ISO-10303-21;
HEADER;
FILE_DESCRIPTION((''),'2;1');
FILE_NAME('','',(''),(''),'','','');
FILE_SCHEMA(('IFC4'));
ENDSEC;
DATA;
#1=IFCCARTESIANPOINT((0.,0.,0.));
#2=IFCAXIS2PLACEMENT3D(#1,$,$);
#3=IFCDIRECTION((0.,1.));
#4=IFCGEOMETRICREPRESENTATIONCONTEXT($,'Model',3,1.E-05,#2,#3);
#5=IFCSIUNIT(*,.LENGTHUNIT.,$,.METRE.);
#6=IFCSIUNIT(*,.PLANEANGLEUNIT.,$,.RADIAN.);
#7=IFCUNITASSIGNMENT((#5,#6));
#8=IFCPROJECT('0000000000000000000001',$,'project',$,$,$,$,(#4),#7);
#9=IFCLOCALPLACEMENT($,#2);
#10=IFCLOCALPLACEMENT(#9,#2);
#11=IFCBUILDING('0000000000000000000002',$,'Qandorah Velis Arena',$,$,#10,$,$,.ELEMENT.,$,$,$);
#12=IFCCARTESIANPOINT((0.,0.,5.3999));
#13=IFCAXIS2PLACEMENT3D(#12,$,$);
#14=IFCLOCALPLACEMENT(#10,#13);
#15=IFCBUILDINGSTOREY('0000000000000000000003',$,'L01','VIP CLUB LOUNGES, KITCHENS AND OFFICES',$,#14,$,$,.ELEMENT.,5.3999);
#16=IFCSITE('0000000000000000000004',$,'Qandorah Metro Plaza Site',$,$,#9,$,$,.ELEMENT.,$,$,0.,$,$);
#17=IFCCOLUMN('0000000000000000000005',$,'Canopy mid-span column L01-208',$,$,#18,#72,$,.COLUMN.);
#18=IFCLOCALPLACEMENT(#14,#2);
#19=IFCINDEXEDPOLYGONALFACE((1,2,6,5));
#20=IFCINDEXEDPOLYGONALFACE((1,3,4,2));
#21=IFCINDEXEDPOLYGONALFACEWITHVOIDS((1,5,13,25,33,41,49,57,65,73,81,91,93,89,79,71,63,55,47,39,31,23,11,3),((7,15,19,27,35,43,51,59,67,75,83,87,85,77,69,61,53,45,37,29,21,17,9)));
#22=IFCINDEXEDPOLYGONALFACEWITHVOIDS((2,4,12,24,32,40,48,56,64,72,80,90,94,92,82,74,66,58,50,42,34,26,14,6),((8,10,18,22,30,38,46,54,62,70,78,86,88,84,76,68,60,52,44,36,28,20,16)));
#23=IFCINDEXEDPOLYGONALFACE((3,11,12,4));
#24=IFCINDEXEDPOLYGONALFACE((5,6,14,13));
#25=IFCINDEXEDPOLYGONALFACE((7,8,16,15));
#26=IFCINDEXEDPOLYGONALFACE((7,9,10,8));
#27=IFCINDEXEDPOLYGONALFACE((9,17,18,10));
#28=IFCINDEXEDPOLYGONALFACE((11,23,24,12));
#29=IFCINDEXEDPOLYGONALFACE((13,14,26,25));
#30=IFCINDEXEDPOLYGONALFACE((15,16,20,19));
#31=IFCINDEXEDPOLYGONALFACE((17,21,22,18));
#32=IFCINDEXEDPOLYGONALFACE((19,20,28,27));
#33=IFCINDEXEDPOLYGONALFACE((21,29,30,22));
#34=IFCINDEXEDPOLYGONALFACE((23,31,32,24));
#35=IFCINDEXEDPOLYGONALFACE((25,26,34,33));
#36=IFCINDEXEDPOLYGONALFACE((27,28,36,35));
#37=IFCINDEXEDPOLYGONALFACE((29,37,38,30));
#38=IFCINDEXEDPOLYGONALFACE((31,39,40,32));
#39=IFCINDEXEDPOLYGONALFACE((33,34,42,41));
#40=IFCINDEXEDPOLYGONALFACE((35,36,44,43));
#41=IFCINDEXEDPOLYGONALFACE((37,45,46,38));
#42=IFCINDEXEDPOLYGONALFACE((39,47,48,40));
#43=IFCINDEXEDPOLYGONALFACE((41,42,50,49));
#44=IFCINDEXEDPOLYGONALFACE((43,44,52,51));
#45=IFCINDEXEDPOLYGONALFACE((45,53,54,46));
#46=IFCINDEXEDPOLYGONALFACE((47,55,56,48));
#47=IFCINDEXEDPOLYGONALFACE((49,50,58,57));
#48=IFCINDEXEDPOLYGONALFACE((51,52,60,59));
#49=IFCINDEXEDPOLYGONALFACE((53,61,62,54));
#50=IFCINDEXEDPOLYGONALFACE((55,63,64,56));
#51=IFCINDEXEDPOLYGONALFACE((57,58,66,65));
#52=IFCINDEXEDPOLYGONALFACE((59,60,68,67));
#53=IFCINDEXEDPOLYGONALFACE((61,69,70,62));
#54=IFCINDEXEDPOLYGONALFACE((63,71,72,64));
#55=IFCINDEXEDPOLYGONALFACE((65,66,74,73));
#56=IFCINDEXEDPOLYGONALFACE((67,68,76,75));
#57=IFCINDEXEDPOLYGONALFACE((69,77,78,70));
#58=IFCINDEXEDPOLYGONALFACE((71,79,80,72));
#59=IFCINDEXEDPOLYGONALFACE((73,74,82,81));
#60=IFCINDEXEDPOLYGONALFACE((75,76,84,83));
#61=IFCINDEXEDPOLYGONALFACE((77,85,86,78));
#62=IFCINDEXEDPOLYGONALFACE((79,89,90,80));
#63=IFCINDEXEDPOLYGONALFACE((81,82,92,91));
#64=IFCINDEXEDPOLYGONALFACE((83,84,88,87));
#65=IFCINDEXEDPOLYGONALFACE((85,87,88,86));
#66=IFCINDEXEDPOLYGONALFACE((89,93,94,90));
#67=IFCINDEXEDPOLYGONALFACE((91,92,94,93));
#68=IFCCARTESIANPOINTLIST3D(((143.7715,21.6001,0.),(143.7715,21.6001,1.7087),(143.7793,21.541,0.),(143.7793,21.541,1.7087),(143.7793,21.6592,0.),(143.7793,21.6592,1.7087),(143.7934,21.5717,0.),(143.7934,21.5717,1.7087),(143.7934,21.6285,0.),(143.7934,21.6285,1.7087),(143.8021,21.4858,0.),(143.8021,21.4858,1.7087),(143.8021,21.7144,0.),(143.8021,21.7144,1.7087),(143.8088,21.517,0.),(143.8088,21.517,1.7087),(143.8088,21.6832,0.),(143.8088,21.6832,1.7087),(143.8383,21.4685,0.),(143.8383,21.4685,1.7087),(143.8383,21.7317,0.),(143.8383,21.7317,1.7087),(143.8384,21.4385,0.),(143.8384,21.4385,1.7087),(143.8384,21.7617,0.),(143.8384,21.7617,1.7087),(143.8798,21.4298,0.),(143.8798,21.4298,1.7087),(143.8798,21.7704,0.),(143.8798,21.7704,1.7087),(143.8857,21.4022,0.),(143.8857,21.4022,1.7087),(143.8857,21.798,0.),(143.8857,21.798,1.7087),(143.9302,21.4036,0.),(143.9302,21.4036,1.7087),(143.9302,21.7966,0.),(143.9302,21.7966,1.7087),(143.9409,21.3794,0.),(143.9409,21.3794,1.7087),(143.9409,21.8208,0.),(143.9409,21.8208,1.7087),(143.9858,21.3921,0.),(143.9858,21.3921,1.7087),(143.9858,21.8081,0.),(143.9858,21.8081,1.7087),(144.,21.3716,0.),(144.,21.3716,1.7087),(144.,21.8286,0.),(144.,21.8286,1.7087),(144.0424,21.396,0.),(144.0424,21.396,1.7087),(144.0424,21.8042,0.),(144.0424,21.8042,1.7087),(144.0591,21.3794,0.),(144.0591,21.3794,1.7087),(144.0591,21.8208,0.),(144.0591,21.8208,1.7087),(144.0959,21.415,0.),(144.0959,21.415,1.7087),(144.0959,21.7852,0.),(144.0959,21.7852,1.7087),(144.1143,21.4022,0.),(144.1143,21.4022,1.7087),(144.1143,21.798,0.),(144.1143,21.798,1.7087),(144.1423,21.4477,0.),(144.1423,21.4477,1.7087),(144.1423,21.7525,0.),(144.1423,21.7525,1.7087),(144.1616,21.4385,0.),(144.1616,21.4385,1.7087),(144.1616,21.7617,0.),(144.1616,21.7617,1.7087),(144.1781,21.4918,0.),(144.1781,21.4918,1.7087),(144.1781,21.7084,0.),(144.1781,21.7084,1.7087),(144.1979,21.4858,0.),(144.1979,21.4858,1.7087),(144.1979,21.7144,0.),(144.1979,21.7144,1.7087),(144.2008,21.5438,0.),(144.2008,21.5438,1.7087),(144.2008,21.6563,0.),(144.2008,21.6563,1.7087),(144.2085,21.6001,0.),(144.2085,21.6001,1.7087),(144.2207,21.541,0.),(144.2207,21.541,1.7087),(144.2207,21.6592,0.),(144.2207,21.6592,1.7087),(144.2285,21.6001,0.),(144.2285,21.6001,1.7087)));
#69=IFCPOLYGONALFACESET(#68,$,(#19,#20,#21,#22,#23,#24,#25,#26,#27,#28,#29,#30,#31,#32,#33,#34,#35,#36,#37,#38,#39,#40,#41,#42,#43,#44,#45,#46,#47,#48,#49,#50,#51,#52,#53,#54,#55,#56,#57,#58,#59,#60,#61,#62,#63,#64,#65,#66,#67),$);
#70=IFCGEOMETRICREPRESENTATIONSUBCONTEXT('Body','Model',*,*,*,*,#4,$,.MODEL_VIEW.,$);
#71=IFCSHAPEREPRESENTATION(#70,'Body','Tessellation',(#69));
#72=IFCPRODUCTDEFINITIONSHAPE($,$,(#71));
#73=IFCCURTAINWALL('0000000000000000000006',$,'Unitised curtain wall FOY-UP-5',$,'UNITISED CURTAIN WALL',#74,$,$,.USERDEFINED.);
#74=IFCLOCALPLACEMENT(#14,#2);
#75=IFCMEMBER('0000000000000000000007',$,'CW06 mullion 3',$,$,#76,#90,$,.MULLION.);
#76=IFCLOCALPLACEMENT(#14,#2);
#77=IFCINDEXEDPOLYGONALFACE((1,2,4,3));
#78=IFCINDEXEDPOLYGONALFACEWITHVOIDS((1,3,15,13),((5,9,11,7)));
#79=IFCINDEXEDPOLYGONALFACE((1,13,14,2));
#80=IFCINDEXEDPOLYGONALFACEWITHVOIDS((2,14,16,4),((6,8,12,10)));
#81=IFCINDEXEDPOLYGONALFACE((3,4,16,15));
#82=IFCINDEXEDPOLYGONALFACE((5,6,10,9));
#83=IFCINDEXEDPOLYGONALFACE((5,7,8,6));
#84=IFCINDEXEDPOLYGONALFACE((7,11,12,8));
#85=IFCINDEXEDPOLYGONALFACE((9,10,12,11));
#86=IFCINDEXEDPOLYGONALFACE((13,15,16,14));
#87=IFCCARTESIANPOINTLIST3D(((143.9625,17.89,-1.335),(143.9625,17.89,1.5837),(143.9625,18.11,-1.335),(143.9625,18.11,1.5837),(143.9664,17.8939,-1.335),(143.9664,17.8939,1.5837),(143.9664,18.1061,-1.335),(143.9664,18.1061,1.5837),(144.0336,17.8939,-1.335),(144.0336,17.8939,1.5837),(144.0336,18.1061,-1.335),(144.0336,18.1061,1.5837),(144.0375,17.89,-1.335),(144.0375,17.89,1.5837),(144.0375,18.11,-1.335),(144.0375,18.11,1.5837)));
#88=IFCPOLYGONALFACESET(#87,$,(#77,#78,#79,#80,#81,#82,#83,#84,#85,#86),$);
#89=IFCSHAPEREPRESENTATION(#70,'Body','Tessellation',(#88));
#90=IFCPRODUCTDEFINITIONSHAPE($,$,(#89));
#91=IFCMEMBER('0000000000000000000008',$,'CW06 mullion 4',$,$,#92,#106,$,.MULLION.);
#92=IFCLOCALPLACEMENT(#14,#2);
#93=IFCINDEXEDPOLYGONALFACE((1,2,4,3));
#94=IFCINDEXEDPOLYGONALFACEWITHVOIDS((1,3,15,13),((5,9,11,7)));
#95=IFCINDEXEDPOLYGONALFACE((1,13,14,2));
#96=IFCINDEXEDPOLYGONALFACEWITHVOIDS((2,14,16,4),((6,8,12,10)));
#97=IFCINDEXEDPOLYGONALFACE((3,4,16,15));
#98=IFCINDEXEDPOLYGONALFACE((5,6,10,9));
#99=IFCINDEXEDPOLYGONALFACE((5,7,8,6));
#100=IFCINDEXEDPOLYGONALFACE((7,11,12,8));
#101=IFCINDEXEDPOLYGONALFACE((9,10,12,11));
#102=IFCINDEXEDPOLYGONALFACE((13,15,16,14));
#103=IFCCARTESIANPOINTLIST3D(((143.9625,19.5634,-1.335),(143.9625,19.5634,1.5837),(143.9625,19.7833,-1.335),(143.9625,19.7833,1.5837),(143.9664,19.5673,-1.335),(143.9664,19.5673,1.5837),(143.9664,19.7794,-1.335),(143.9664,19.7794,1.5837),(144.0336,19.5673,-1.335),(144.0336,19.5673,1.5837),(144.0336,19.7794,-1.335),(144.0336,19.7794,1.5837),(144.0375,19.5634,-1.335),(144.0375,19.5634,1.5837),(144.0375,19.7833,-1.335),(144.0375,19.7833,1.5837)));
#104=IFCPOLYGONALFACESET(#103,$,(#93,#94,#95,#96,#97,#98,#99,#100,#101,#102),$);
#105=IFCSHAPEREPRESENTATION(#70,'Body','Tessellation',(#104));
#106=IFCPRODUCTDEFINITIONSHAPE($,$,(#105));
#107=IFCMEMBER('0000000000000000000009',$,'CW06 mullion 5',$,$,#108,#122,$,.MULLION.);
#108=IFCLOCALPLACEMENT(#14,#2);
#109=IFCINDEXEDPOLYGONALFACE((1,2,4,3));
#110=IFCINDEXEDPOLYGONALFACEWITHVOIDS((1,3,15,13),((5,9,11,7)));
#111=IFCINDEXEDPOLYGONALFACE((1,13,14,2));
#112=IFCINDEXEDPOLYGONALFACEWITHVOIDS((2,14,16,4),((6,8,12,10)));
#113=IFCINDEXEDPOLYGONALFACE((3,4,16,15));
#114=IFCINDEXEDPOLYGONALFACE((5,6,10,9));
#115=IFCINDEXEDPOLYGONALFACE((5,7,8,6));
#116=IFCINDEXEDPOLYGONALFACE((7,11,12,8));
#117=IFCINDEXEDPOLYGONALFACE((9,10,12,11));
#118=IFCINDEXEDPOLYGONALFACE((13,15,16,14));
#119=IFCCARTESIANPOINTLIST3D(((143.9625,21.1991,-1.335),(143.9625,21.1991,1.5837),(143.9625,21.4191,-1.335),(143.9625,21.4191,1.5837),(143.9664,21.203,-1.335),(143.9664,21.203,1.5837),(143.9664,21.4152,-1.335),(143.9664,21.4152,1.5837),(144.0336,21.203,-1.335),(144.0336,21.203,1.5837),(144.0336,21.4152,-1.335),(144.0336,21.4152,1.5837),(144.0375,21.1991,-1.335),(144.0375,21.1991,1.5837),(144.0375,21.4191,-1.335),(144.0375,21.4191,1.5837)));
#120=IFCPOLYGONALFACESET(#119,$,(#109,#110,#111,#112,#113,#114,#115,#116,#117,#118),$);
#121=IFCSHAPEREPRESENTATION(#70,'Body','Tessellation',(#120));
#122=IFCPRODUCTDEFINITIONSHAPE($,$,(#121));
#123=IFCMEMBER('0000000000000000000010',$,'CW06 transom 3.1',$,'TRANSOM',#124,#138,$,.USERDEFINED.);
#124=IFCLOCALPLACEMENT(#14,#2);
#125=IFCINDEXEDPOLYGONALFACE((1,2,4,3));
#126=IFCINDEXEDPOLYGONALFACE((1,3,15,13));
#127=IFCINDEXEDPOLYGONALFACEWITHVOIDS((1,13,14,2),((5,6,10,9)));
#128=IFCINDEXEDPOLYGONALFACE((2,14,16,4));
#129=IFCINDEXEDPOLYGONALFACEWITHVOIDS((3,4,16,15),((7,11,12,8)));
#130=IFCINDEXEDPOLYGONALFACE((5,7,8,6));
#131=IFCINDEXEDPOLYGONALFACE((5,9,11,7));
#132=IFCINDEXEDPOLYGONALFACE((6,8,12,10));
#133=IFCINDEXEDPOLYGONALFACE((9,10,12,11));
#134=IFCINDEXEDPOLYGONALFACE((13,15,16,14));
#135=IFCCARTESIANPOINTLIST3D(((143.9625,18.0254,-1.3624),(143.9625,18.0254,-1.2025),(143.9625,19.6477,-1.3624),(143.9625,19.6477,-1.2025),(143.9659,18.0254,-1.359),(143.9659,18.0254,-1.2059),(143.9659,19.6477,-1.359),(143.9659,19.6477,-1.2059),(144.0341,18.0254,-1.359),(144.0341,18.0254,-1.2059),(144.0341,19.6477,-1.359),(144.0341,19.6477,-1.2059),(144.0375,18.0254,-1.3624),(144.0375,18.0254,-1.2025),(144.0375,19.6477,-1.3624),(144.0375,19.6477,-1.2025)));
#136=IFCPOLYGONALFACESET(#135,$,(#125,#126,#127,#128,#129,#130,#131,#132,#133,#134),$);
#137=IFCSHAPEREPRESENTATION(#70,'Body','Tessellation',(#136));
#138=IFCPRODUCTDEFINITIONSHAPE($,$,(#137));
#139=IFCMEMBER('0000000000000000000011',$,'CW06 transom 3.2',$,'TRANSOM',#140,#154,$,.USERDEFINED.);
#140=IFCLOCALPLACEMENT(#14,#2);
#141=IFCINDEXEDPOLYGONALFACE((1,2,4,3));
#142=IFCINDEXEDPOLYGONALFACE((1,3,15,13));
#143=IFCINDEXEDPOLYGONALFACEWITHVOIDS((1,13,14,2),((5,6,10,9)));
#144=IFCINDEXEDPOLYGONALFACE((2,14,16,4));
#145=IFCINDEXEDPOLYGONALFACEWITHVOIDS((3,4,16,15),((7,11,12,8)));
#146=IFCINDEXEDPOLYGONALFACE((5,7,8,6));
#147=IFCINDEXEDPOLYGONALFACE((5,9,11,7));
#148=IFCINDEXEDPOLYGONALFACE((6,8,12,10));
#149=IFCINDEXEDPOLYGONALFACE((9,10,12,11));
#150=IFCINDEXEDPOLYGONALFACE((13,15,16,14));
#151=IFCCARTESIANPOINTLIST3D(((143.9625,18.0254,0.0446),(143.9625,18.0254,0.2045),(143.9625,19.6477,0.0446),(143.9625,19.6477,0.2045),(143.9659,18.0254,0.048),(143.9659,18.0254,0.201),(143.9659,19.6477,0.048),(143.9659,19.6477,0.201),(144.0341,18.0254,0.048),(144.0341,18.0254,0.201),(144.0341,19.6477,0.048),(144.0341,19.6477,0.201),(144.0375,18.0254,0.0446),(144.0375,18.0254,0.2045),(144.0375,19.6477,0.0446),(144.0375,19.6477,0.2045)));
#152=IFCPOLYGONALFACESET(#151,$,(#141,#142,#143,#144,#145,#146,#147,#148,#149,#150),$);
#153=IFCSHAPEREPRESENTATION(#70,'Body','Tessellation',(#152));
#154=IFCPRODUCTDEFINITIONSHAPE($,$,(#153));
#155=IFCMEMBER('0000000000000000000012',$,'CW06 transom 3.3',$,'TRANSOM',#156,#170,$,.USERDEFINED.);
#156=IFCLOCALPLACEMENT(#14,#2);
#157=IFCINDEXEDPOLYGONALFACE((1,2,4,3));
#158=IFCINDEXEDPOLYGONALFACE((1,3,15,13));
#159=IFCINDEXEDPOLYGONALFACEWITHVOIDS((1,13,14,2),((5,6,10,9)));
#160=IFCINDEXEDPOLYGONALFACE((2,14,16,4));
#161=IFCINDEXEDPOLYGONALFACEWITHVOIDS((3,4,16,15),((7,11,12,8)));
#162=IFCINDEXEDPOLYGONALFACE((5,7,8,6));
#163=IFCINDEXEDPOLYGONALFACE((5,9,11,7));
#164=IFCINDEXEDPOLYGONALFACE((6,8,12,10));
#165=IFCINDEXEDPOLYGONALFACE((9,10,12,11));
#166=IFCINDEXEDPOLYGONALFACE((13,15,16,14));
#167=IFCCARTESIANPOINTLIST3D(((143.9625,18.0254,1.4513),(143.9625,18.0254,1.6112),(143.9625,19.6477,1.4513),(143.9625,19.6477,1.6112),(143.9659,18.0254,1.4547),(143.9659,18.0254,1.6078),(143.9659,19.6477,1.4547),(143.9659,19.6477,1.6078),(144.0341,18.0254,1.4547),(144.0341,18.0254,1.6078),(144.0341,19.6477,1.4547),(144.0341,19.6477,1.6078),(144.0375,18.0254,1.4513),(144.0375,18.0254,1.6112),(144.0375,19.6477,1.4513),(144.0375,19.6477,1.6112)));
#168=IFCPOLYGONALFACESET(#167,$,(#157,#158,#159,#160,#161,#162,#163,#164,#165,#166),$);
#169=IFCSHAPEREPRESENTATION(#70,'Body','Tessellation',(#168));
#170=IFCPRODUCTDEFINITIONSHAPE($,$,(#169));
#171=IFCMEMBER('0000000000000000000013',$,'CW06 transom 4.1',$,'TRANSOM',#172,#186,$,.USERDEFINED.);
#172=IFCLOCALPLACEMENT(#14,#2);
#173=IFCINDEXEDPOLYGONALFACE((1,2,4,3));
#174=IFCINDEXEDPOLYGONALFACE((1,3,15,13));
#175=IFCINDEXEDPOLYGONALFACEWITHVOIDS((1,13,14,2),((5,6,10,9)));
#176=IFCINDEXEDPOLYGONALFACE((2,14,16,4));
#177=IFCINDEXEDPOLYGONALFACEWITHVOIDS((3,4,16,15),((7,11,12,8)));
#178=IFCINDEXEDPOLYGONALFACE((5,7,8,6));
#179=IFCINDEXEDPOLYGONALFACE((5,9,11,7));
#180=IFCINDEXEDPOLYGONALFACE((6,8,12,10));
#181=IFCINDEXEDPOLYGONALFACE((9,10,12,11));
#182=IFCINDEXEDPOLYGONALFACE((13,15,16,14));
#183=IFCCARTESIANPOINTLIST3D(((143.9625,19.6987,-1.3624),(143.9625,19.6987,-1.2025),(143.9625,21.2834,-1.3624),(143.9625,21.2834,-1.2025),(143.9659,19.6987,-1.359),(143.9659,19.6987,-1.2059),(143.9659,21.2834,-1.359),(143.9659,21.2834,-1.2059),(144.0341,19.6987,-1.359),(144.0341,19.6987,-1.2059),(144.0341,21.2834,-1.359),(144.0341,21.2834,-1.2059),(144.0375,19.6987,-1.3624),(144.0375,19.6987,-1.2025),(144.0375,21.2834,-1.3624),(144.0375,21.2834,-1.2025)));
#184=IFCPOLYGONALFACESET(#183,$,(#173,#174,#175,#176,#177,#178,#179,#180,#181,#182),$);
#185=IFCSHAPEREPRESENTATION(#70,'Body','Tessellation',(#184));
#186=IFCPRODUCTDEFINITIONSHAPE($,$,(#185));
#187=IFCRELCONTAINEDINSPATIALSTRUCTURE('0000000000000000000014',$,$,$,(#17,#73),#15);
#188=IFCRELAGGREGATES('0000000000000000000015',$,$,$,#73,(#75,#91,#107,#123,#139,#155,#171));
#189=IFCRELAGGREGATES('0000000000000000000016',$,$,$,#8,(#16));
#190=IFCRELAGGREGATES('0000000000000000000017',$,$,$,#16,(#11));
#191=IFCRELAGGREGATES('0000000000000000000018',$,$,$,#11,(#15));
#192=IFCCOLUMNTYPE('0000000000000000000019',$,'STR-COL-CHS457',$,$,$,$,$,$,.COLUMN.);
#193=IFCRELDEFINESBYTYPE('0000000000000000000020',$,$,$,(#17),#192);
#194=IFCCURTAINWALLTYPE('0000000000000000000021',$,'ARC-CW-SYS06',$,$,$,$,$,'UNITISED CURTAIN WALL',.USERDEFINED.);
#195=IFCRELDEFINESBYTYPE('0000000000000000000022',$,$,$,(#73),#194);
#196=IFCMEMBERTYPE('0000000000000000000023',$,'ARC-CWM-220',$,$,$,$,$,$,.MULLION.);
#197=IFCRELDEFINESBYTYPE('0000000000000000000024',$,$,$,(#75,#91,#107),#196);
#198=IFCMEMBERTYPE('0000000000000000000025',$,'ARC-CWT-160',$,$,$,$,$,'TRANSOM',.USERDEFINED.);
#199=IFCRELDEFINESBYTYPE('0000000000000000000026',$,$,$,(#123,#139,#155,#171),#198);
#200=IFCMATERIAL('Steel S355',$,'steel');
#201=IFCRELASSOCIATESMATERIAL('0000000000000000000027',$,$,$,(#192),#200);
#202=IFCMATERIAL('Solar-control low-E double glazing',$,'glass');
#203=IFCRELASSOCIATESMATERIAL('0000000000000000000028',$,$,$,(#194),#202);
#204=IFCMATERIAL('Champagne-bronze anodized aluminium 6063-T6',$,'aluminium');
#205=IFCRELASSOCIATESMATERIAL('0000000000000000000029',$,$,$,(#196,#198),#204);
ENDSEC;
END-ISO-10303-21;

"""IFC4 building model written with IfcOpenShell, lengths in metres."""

from ifc_helpers import new_model, si_unit, direction, frame, origin, origin_2d, place, context, subcontext, project, spatial, hollow_rectangle, hollow_circle, extrude, material, material_profile, profile_set, type_object, element, aggregate, save


model = new_model("IFC4")

# Units and contexts
model_context = context("Model", 3, precision=1e-05, world=origin(), true_north=direction((0.0, 1.0)))
body_context = subcontext(model_context, "Body", "Model", "MODEL_VIEW")
ifc_project = project(units=[si_unit("LENGTHUNIT", "METRE"), si_unit("PLANEANGLEUNIT", "RADIAN")], contexts=[model_context])

# Site, building, storey
site_placement = place(None, origin())
site = spatial("IfcSite", under=ifc_project, at=site_placement, Name="Qandorah Metro Plaza Site", CompositionType="ELEMENT", RefElevation=0.0)
building_placement = place(site_placement, origin())
building = spatial("IfcBuilding", under=site, at=building_placement, Name="Qandorah Velis Arena", CompositionType="ELEMENT")
storey_placement = place(building_placement, frame((0.0, 0.0, 5.3999)))
storey = spatial("IfcBuildingStorey", under=building, at=storey_placement, Name="L01", Description="VIP CLUB LOUNGES, KITCHENS AND OFFICES", CompositionType="ELEMENT", Elevation=5.3999)

# Column
ifc_material_1 = material(Name="Steel S355", Category="steel")
ifc_material_profile_1 = material_profile(ifc_material_1, hollow_circle(Radius=0.2285, WallThickness=0.02, at=origin_2d()), Name="CHS 457x20")
ifc_profile_set_1 = profile_set([ifc_material_profile_1], Name="Steel S355")
column_type = type_object("IfcColumnType", Name="STR-COL-CHS457", PredefinedType="COLUMN", material=ifc_profile_set_1)
column_placement = place(storey_placement, frame((144.0, 21.6001, 0.0), z_axis=(0.0, 0.0, 1.0), x_axis=(1.0, 0.0, 0.0)))
element("IfcColumn", 1, at=column_placement, inside=storey, type_object=column_type, Name="Canopy mid-span column L01-208", PredefinedType="COLUMN", context=body_context, shape_type="SweptSolid", body=[
    extrude(hollow_circle(Radius=0.2285, WallThickness=0.02, at=origin_2d()), origin(), (0.0, 0.0, 1.0), 1.7087),
])

# Curtain wall, members
ifc_material_2 = material(Name="Solar-control low-E double glazing", Category="glass")
curtain_wall_type = type_object("IfcCurtainWallType", Name="ARC-CW-SYS06", ElementType="UNITISED CURTAIN WALL", PredefinedType="USERDEFINED", material=ifc_material_2)
curtain_wall_placement = place(storey_placement, origin())
curtain_wall = element("IfcCurtainWall", 2, at=curtain_wall_placement, inside=storey, type_object=curtain_wall_type, Name="Unitised curtain wall FOY-UP-5", ObjectType="UNITISED CURTAIN WALL", PredefinedType="USERDEFINED")
ifc_material_3 = material(Name="Champagne-bronze anodized aluminium 6063-T6", Category="aluminium")
ifc_material_profile_2 = material_profile(ifc_material_3, hollow_rectangle(XDim=0.075, YDim=0.22, WallThickness=0.0039, at=origin_2d()), Name="ALU MULLION 75x220")
ifc_profile_set_2 = profile_set([ifc_material_profile_2], Name="Champagne-bronze anodized aluminium 6063-T6")
member_type_1 = type_object("IfcMemberType", Name="ARC-CWM-220", PredefinedType="MULLION", material=ifc_profile_set_2)
member_1_placement = place(storey_placement, frame((144.0, 18.0, -1.335), z_axis=(0.0, 0.0, 1.0), x_axis=(-1.0, 0.0, 0.0)))
member_1 = element("IfcMember", 3, at=member_1_placement, type_object=member_type_1, Name="CW06 mullion 3", PredefinedType="MULLION", context=body_context, shape_type="SweptSolid", body=[
    extrude(hollow_rectangle(XDim=0.075, YDim=0.22, WallThickness=0.0039, at=origin_2d()), origin(), (0.0, 0.0, 1.0), 2.9187),
])
member_2_placement = place(storey_placement, frame((144.0, 19.6733, -1.335), z_axis=(0.0, 0.0, 1.0), x_axis=(-1.0, 0.0, 0.0)))
member_2 = element("IfcMember", 4, at=member_2_placement, type_object=member_type_1, Name="CW06 mullion 4", PredefinedType="MULLION", context=body_context, shape_type="SweptSolid", body=[
    extrude(hollow_rectangle(XDim=0.075, YDim=0.22, WallThickness=0.0039, at=origin_2d()), origin(), (0.0, 0.0, 1.0), 2.9187),
])
member_3_placement = place(storey_placement, frame((144.0, 21.3091, -1.335), z_axis=(0.0, 0.0, 1.0), x_axis=(-1.0, 0.0, 0.0)))
member_3 = element("IfcMember", 5, at=member_3_placement, type_object=member_type_1, Name="CW06 mullion 5", PredefinedType="MULLION", context=body_context, shape_type="SweptSolid", body=[
    extrude(hollow_rectangle(XDim=0.075, YDim=0.22, WallThickness=0.0039, at=origin_2d()), origin(), (0.0, 0.0, 1.0), 2.9187),
])
ifc_material_profile_3 = material_profile(ifc_material_3, hollow_rectangle(XDim=0.075, YDim=0.1599, WallThickness=0.0034, at=origin_2d()), Name="ALU TRANSOM 75x160")
ifc_profile_set_3 = profile_set([ifc_material_profile_3], Name="Champagne-bronze anodized aluminium 6063-T6")
member_type_2 = type_object("IfcMemberType", Name="ARC-CWT-160", ElementType="TRANSOM", PredefinedType="USERDEFINED", material=ifc_profile_set_3)
member_4_placement = place(storey_placement, frame((144.0, 18.0254, -1.2825), z_axis=(0.0, 1.0, 0.0), x_axis=(-1.0, 0.0, 0.0)))
member_4 = element("IfcMember", 6, at=member_4_placement, type_object=member_type_2, Name="CW06 transom 3.1", ObjectType="TRANSOM", PredefinedType="USERDEFINED", context=body_context, shape_type="SweptSolid", body=[
    extrude(hollow_rectangle(XDim=0.075, YDim=0.1599, WallThickness=0.0034, at=origin_2d()), origin(), (0.0, 0.0, 1.0), 1.6223),
])
member_5_placement = place(storey_placement, frame((144.0, 18.0254, 0.1245), z_axis=(0.0, 1.0, 0.0), x_axis=(-1.0, 0.0, 0.0)))
member_5 = element("IfcMember", 7, at=member_5_placement, type_object=member_type_2, Name="CW06 transom 3.2", ObjectType="TRANSOM", PredefinedType="USERDEFINED", context=body_context, shape_type="SweptSolid", body=[
    extrude(hollow_rectangle(XDim=0.075, YDim=0.1599, WallThickness=0.0034, at=origin_2d()), origin(), (0.0, 0.0, 1.0), 1.6223),
])
member_6_placement = place(storey_placement, frame((144.0, 18.0254, 1.5312), z_axis=(0.0, 1.0, 0.0), x_axis=(-1.0, 0.0, 0.0)))
member_6 = element("IfcMember", 8, at=member_6_placement, type_object=member_type_2, Name="CW06 transom 3.3", ObjectType="TRANSOM", PredefinedType="USERDEFINED", context=body_context, shape_type="SweptSolid", body=[
    extrude(hollow_rectangle(XDim=0.075, YDim=0.1599, WallThickness=0.0034, at=origin_2d()), origin(), (0.0, 0.0, 1.0), 1.6223),
])
member_7_placement = place(storey_placement, frame((144.0, 19.6987, -1.2825), z_axis=(0.0, 1.0, 0.0), x_axis=(-1.0, 0.0, 0.0)))
member_7 = element("IfcMember", 9, at=member_7_placement, type_object=member_type_2, Name="CW06 transom 4.1", ObjectType="TRANSOM", PredefinedType="USERDEFINED", context=body_context, shape_type="SweptSolid", body=[
    extrude(hollow_rectangle(XDim=0.075, YDim=0.1599, WallThickness=0.0034, at=origin_2d()), origin(), (0.0, 0.0, 1.0), 1.5847),
])

aggregate(curtain_wall, [member_1, member_2, member_3, member_4, member_5, member_6, member_7])

save(model, "model.ifc")
